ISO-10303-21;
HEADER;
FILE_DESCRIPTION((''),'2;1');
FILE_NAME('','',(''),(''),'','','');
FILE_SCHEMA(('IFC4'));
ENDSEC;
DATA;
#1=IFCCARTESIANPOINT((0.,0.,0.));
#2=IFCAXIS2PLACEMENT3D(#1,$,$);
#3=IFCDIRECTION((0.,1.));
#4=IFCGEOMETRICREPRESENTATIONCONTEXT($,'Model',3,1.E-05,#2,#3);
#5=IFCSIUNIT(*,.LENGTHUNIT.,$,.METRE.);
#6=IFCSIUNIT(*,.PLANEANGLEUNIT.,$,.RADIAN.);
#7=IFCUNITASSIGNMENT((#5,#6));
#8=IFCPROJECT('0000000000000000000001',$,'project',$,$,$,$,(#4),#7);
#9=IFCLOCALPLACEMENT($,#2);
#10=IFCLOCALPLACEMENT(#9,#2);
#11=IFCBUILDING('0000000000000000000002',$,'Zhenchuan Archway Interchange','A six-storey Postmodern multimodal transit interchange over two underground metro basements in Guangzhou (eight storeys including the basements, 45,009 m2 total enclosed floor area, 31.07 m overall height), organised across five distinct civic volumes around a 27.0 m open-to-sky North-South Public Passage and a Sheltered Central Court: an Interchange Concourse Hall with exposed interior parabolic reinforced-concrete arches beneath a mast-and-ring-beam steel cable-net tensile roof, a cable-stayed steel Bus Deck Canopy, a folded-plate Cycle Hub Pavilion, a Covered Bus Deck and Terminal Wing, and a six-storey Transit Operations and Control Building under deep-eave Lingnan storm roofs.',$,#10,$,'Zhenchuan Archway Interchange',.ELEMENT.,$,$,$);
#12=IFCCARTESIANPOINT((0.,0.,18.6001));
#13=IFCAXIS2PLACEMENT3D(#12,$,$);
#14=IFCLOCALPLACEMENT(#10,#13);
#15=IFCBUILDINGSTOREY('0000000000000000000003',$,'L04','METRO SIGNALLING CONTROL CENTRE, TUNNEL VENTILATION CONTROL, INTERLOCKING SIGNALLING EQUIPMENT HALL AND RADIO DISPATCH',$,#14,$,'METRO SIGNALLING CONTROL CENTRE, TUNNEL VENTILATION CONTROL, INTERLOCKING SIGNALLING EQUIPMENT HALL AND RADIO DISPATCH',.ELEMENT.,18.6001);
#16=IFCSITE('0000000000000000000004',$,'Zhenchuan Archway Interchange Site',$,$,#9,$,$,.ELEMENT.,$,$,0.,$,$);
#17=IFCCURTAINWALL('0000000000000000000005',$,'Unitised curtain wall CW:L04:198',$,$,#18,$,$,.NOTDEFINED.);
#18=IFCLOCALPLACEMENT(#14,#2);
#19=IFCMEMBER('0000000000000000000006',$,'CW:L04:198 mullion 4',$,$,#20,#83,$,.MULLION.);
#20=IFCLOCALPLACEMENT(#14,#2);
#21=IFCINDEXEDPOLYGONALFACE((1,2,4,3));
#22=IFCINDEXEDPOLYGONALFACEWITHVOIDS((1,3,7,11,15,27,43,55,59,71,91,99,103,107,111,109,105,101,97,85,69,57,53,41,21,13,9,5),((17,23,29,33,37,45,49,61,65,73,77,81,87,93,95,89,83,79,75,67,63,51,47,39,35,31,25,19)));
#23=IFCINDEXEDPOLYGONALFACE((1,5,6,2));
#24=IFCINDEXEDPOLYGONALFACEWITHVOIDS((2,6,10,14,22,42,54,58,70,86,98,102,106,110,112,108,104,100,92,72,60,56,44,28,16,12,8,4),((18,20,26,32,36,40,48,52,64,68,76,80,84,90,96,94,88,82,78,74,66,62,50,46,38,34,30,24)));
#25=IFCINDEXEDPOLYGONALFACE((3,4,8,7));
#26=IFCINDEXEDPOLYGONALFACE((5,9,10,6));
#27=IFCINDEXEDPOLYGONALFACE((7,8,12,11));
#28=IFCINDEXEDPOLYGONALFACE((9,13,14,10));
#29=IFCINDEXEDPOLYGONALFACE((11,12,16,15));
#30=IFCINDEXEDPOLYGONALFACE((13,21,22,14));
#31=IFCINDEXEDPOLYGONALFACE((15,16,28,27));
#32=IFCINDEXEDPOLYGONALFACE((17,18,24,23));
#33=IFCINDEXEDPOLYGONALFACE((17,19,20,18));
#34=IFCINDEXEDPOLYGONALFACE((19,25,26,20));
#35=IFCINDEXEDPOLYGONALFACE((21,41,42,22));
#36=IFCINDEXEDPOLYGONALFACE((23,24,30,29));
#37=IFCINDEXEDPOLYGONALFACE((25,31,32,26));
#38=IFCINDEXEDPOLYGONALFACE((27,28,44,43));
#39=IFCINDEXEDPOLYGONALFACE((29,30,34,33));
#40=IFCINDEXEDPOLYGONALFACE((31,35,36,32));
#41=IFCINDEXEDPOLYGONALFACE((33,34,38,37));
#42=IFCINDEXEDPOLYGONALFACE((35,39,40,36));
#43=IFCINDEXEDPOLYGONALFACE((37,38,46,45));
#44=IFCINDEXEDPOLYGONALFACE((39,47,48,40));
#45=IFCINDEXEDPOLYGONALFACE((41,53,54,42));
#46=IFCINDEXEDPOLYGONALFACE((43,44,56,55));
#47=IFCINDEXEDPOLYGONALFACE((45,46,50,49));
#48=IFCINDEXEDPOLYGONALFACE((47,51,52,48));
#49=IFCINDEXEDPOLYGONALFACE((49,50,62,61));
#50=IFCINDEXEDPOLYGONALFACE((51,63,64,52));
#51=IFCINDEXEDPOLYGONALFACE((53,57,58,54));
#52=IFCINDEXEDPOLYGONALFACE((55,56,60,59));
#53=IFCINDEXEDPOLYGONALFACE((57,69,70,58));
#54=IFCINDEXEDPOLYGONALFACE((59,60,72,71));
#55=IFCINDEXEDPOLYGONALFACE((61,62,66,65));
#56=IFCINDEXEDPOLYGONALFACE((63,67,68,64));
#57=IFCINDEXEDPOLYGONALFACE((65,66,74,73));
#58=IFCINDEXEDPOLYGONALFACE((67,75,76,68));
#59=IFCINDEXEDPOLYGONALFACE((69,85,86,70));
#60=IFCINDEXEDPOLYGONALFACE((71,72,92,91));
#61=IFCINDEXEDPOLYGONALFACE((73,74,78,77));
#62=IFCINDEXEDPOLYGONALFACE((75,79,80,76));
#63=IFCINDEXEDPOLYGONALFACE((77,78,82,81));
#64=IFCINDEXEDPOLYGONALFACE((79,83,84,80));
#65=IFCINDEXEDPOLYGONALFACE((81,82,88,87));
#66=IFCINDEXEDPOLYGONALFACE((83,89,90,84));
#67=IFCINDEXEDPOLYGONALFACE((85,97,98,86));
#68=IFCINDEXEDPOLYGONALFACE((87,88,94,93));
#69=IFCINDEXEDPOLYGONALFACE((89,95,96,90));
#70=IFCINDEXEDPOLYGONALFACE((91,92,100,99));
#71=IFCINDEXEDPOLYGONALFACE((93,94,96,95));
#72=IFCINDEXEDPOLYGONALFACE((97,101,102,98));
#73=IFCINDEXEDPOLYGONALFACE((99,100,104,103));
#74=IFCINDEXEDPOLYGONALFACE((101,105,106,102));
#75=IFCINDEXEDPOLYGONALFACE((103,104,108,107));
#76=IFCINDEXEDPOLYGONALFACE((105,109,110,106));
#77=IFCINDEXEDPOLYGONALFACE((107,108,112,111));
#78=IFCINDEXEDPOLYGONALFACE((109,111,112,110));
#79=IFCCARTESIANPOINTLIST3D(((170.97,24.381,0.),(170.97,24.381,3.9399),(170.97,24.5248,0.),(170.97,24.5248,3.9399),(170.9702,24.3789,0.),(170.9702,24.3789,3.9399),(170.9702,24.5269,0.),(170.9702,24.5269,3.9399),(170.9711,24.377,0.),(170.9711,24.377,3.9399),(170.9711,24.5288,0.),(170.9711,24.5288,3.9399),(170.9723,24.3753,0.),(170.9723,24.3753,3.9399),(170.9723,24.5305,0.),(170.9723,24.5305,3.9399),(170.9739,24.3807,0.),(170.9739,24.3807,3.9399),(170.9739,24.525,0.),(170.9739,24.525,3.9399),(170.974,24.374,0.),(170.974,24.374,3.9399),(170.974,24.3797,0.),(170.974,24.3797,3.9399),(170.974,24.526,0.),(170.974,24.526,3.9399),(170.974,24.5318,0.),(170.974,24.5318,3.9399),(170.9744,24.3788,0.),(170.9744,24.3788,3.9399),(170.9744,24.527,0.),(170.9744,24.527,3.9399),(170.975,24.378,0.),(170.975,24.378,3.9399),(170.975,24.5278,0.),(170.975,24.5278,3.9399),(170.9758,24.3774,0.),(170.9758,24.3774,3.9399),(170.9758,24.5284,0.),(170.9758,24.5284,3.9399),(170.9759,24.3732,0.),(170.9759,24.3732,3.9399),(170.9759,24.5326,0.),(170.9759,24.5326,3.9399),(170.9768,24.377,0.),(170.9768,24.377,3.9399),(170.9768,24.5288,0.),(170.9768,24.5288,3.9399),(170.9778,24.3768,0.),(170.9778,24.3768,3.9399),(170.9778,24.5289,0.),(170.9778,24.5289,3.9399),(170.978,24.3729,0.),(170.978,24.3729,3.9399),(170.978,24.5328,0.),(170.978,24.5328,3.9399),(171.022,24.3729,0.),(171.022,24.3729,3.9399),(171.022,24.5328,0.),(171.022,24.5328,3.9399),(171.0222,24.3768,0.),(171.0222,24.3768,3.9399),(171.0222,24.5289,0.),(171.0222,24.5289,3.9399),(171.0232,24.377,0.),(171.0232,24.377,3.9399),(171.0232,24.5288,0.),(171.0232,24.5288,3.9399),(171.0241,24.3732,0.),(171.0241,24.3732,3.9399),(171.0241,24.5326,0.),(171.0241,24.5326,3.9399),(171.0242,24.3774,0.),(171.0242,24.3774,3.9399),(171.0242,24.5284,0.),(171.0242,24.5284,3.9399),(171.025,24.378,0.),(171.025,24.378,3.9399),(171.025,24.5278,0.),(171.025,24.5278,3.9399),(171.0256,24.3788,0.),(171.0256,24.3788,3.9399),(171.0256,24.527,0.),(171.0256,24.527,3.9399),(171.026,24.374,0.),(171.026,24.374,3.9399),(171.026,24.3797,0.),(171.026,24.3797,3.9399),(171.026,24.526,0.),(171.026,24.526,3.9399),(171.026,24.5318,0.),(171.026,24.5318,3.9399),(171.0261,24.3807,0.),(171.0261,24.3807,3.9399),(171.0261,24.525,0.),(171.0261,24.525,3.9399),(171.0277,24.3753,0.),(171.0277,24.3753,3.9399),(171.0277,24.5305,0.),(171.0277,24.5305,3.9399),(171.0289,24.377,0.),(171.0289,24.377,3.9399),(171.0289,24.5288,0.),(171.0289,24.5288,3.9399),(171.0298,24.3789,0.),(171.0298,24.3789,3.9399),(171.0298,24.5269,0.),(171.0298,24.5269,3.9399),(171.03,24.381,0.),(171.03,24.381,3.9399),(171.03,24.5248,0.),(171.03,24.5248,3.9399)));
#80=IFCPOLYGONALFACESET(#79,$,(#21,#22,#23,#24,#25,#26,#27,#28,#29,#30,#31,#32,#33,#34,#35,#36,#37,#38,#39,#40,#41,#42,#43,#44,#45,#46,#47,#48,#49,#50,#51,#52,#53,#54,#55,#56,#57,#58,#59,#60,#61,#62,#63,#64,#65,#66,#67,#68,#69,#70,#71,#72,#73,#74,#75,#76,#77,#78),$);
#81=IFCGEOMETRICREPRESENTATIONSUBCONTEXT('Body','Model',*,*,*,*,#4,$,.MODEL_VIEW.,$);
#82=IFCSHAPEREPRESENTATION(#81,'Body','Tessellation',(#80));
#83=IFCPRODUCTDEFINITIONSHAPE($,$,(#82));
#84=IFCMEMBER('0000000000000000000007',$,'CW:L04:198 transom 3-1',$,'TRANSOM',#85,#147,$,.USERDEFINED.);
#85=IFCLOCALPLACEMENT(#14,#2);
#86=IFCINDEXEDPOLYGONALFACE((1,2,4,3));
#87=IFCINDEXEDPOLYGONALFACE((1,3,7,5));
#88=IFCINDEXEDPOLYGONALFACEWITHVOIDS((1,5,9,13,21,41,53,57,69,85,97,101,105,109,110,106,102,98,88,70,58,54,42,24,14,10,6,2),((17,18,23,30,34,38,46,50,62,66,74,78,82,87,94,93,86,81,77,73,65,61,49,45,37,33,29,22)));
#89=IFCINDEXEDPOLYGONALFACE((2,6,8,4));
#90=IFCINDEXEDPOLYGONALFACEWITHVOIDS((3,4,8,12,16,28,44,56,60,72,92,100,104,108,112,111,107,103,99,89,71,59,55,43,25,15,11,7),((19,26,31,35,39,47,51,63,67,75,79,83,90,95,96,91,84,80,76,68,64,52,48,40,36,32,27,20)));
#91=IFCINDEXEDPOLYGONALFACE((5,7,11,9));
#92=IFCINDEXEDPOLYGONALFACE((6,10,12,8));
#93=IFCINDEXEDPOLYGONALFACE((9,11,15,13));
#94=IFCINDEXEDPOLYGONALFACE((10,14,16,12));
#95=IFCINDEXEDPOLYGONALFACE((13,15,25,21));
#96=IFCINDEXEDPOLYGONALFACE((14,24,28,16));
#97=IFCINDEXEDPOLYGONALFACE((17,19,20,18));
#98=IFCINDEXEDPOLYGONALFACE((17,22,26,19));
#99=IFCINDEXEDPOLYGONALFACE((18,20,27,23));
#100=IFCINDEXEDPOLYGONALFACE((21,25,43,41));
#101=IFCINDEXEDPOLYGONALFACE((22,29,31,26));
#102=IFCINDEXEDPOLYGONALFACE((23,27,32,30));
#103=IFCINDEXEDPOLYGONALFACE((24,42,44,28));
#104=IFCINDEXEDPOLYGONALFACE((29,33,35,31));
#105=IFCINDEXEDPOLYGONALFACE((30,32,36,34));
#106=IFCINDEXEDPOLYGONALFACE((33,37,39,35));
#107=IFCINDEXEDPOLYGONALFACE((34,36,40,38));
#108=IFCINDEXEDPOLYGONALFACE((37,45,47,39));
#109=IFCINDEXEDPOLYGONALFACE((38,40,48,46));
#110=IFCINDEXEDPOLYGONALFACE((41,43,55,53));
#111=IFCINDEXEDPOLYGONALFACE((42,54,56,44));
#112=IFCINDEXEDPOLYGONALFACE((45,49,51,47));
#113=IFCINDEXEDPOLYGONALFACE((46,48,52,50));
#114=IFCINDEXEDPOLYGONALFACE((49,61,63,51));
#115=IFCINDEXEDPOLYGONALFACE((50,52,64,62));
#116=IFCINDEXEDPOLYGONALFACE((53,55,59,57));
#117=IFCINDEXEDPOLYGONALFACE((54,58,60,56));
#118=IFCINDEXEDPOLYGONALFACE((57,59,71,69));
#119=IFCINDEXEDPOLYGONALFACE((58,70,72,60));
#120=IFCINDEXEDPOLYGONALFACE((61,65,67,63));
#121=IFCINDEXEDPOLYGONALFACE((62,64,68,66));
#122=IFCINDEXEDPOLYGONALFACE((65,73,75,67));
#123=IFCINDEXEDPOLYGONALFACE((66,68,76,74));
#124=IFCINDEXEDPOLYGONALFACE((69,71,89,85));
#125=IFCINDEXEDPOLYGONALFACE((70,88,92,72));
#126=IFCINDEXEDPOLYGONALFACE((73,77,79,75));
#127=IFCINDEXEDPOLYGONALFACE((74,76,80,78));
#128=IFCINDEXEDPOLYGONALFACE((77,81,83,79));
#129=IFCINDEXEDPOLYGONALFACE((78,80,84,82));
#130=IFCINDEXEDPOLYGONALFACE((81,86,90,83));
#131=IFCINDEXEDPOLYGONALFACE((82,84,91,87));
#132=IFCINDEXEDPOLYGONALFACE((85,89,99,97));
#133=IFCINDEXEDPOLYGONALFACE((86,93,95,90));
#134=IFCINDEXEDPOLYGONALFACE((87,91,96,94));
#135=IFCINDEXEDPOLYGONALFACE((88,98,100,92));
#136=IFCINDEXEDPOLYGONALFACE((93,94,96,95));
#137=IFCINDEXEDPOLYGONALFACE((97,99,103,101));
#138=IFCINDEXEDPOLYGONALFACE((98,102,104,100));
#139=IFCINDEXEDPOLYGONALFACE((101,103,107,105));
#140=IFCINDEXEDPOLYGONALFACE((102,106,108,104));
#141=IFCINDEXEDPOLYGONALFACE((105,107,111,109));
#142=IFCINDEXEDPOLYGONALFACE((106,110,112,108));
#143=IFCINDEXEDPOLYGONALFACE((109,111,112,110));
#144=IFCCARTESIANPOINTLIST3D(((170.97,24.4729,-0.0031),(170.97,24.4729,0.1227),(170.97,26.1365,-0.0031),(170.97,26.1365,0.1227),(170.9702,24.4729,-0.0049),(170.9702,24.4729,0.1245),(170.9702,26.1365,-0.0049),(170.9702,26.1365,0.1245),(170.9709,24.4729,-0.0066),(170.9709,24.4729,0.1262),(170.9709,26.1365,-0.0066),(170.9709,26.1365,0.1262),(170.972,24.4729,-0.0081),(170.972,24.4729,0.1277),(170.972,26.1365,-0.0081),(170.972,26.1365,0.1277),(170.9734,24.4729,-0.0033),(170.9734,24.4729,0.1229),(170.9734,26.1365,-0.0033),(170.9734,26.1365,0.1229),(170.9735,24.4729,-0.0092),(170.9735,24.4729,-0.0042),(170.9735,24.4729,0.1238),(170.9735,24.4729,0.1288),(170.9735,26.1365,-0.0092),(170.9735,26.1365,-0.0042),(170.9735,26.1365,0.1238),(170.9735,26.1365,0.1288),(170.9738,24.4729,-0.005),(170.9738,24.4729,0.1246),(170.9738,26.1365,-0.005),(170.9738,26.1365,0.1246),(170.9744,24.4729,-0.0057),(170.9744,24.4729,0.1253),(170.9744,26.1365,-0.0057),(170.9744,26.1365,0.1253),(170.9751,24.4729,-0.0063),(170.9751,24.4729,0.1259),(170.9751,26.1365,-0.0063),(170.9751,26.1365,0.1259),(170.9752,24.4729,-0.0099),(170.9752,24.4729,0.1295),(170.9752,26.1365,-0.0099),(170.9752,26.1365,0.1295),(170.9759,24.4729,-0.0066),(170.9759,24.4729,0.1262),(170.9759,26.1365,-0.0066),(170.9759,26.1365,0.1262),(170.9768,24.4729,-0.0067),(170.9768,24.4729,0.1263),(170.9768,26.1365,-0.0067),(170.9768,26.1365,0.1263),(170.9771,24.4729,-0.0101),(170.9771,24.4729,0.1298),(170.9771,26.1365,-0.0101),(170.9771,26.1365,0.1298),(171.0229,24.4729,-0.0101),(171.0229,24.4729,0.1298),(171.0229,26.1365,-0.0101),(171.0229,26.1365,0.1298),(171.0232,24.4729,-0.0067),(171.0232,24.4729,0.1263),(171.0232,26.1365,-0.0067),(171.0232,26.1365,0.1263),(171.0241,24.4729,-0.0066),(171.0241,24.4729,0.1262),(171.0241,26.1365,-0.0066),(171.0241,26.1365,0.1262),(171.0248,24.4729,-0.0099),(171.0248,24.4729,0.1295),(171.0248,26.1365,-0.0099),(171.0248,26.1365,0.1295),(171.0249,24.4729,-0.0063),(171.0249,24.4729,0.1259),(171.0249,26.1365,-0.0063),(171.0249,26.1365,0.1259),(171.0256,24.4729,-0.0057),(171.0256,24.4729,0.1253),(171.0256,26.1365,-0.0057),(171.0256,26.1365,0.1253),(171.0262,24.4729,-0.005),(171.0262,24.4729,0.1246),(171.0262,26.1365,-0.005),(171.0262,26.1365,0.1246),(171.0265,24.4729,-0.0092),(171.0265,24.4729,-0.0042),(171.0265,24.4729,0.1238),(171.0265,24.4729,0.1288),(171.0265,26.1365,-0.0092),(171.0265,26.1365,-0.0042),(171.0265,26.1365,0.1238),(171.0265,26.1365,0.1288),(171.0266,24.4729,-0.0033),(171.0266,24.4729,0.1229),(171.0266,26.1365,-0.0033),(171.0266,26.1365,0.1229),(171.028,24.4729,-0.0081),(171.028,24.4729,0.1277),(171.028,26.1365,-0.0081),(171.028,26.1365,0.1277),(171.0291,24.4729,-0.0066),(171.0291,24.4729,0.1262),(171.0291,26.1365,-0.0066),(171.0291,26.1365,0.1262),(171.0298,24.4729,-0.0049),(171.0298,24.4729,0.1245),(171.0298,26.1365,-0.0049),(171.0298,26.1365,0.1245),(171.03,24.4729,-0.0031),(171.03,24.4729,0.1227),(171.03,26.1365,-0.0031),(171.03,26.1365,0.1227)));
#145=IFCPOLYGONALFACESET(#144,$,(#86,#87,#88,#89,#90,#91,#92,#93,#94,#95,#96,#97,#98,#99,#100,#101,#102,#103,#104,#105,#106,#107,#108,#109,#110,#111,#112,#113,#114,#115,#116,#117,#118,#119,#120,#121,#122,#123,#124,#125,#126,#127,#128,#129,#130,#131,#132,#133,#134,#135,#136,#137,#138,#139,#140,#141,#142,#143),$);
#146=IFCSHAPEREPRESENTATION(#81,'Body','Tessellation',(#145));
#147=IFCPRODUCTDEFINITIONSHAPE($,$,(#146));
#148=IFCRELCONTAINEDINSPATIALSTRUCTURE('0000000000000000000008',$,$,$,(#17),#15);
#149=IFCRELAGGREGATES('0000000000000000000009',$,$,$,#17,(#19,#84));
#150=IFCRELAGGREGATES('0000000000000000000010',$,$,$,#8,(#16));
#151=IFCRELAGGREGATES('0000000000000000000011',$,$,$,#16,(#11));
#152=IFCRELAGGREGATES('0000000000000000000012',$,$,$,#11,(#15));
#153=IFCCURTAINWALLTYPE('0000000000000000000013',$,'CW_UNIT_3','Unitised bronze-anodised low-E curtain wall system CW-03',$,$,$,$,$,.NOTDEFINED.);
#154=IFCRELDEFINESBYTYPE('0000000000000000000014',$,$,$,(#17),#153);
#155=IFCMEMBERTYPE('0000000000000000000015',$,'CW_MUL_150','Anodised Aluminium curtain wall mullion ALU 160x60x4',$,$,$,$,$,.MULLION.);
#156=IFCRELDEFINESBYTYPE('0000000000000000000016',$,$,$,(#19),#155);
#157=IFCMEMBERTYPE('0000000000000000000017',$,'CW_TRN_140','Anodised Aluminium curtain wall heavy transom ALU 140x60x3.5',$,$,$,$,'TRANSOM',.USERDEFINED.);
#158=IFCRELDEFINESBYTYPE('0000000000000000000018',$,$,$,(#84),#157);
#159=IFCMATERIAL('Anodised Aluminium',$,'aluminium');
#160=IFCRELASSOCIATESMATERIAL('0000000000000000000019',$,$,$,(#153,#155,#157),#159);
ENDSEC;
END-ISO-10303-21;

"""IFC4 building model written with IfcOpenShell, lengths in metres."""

from ifc_helpers import new_model, si_unit, direction, frame, origin, origin_2d, place, context, subcontext, project, spatial, hollow_rectangle, extrude, material, material_profile, profile_set, type_object, element, aggregate, save


model = new_model("IFC4")

# Units and contexts
model_context = context("Model", 3, precision=1e-05, world=origin(), true_north=direction((0.0, 1.0)))
body_context = subcontext(model_context, "Body", "Model", "MODEL_VIEW")
ifc_project = project(units=[si_unit("LENGTHUNIT", "METRE"), si_unit("PLANEANGLEUNIT", "RADIAN")], contexts=[model_context])

# Site, building, storey
site_placement = place(None, origin())
site = spatial("IfcSite", under=ifc_project, at=site_placement, Name="Zhenchuan Archway Interchange Site", CompositionType="ELEMENT", RefElevation=0.0)
building_placement = place(site_placement, origin())
building = spatial("IfcBuilding", under=site, at=building_placement, Name="Zhenchuan Archway Interchange", Description="A six-storey Postmodern multimodal transit interchange over two underground metro basements in Guangzhou (eight storeys including the basements, 45,009 m2 total enclosed floor area, 31.07 m overall height), organised across five distinct civic volumes around a 27.0 m open-to-sky North-South Public Passage and a Sheltered Central Court: an Interchange Concourse Hall with exposed interior parabolic reinforced-concrete arches beneath a mast-and-ring-beam steel cable-net tensile roof, a cable-stayed steel Bus Deck Canopy, a folded-plate Cycle Hub Pavilion, a Covered Bus Deck and Terminal Wing, and a six-storey Transit Operations and Control Building under deep-eave Lingnan storm roofs.", LongName="Zhenchuan Archway Interchange", CompositionType="ELEMENT")
storey_placement = place(building_placement, frame((0.0, 0.0, 18.6001)))
storey = spatial("IfcBuildingStorey", under=building, at=storey_placement, Name="L04", Description="METRO SIGNALLING CONTROL CENTRE, TUNNEL VENTILATION CONTROL, INTERLOCKING SIGNALLING EQUIPMENT HALL AND RADIO DISPATCH", LongName="METRO SIGNALLING CONTROL CENTRE, TUNNEL VENTILATION CONTROL, INTERLOCKING SIGNALLING EQUIPMENT HALL AND RADIO DISPATCH", CompositionType="ELEMENT", Elevation=18.6001)

# Curtain wall, members
ifc_material_1 = material(Name="Anodised Aluminium", Category="aluminium")
curtain_wall_type = type_object("IfcCurtainWallType", Name="CW_UNIT_3", Description="Unitised bronze-anodised low-E curtain wall system CW-03", PredefinedType="NOTDEFINED", material=ifc_material_1)
curtain_wall_placement = place(storey_placement, origin())
curtain_wall = element("IfcCurtainWall", 1, at=curtain_wall_placement, inside=storey, type_object=curtain_wall_type, Name="Unitised curtain wall CW:L04:198", PredefinedType="NOTDEFINED")
ifc_material_profile_1 = material_profile(ifc_material_1, hollow_rectangle(XDim=0.0601, YDim=0.1599, WallThickness=0.0039, InnerFilletRadius=0.0039, OuterFilletRadius=0.0081, at=origin_2d()), Name="ALU 160x60x4")
ifc_profile_set_1 = profile_set([ifc_material_profile_1], Name="Anodised Aluminium")
member_type_1 = type_object("IfcMemberType", Name="CW_MUL_150", Description="Anodised Aluminium curtain wall mullion ALU 160x60x4", PredefinedType="MULLION", material=ifc_profile_set_1)
member_1_placement = place(storey_placement, frame((171.0, 24.4529, 0.0), z_axis=(0.0, 0.0, 1.0), x_axis=(1.0, 0.0, 0.0)))
member_1 = element("IfcMember", 2, at=member_1_placement, type_object=member_type_1, Name="CW:L04:198 mullion 4", PredefinedType="MULLION", context=body_context, shape_type="SweptSolid", body=[
    extrude(hollow_rectangle(XDim=0.0601, YDim=0.1599, WallThickness=0.0039, InnerFilletRadius=0.0039, OuterFilletRadius=0.0081, at=origin_2d()), origin(), (0.0, 0.0, 1.0), 3.9399),
])
ifc_material_profile_2 = material_profile(ifc_material_1, hollow_rectangle(XDim=0.0601, YDim=0.1399, WallThickness=0.0034, InnerFilletRadius=0.0034, OuterFilletRadius=0.0071, at=origin_2d()), Name="ALU 140x60x3.5")
ifc_profile_set_2 = profile_set([ifc_material_profile_2], Name="Anodised Aluminium")
member_type_2 = type_object("IfcMemberType", Name="CW_TRN_140", Description="Anodised Aluminium curtain wall heavy transom ALU 140x60x3.5", ElementType="TRANSOM", PredefinedType="USERDEFINED", material=ifc_profile_set_2)
member_2_placement = place(storey_placement, frame((171.0, 26.1365, 0.0598), z_axis=(0.0, -1.0, 0.0), x_axis=(1.0, 0.0, 0.0)))
member_2 = element("IfcMember", 3, at=member_2_placement, type_object=member_type_2, Name="CW:L04:198 transom 3-1", ObjectType="TRANSOM", PredefinedType="USERDEFINED", context=body_context, shape_type="SweptSolid", body=[
    extrude(hollow_rectangle(XDim=0.0601, YDim=0.1399, WallThickness=0.0034, InnerFilletRadius=0.0034, OuterFilletRadius=0.0071, at=origin_2d()), origin(), (0.0, 0.0, 1.0), 1.6636),
])

aggregate(curtain_wall, [member_1, member_2])

save(model, "model.ifc")
